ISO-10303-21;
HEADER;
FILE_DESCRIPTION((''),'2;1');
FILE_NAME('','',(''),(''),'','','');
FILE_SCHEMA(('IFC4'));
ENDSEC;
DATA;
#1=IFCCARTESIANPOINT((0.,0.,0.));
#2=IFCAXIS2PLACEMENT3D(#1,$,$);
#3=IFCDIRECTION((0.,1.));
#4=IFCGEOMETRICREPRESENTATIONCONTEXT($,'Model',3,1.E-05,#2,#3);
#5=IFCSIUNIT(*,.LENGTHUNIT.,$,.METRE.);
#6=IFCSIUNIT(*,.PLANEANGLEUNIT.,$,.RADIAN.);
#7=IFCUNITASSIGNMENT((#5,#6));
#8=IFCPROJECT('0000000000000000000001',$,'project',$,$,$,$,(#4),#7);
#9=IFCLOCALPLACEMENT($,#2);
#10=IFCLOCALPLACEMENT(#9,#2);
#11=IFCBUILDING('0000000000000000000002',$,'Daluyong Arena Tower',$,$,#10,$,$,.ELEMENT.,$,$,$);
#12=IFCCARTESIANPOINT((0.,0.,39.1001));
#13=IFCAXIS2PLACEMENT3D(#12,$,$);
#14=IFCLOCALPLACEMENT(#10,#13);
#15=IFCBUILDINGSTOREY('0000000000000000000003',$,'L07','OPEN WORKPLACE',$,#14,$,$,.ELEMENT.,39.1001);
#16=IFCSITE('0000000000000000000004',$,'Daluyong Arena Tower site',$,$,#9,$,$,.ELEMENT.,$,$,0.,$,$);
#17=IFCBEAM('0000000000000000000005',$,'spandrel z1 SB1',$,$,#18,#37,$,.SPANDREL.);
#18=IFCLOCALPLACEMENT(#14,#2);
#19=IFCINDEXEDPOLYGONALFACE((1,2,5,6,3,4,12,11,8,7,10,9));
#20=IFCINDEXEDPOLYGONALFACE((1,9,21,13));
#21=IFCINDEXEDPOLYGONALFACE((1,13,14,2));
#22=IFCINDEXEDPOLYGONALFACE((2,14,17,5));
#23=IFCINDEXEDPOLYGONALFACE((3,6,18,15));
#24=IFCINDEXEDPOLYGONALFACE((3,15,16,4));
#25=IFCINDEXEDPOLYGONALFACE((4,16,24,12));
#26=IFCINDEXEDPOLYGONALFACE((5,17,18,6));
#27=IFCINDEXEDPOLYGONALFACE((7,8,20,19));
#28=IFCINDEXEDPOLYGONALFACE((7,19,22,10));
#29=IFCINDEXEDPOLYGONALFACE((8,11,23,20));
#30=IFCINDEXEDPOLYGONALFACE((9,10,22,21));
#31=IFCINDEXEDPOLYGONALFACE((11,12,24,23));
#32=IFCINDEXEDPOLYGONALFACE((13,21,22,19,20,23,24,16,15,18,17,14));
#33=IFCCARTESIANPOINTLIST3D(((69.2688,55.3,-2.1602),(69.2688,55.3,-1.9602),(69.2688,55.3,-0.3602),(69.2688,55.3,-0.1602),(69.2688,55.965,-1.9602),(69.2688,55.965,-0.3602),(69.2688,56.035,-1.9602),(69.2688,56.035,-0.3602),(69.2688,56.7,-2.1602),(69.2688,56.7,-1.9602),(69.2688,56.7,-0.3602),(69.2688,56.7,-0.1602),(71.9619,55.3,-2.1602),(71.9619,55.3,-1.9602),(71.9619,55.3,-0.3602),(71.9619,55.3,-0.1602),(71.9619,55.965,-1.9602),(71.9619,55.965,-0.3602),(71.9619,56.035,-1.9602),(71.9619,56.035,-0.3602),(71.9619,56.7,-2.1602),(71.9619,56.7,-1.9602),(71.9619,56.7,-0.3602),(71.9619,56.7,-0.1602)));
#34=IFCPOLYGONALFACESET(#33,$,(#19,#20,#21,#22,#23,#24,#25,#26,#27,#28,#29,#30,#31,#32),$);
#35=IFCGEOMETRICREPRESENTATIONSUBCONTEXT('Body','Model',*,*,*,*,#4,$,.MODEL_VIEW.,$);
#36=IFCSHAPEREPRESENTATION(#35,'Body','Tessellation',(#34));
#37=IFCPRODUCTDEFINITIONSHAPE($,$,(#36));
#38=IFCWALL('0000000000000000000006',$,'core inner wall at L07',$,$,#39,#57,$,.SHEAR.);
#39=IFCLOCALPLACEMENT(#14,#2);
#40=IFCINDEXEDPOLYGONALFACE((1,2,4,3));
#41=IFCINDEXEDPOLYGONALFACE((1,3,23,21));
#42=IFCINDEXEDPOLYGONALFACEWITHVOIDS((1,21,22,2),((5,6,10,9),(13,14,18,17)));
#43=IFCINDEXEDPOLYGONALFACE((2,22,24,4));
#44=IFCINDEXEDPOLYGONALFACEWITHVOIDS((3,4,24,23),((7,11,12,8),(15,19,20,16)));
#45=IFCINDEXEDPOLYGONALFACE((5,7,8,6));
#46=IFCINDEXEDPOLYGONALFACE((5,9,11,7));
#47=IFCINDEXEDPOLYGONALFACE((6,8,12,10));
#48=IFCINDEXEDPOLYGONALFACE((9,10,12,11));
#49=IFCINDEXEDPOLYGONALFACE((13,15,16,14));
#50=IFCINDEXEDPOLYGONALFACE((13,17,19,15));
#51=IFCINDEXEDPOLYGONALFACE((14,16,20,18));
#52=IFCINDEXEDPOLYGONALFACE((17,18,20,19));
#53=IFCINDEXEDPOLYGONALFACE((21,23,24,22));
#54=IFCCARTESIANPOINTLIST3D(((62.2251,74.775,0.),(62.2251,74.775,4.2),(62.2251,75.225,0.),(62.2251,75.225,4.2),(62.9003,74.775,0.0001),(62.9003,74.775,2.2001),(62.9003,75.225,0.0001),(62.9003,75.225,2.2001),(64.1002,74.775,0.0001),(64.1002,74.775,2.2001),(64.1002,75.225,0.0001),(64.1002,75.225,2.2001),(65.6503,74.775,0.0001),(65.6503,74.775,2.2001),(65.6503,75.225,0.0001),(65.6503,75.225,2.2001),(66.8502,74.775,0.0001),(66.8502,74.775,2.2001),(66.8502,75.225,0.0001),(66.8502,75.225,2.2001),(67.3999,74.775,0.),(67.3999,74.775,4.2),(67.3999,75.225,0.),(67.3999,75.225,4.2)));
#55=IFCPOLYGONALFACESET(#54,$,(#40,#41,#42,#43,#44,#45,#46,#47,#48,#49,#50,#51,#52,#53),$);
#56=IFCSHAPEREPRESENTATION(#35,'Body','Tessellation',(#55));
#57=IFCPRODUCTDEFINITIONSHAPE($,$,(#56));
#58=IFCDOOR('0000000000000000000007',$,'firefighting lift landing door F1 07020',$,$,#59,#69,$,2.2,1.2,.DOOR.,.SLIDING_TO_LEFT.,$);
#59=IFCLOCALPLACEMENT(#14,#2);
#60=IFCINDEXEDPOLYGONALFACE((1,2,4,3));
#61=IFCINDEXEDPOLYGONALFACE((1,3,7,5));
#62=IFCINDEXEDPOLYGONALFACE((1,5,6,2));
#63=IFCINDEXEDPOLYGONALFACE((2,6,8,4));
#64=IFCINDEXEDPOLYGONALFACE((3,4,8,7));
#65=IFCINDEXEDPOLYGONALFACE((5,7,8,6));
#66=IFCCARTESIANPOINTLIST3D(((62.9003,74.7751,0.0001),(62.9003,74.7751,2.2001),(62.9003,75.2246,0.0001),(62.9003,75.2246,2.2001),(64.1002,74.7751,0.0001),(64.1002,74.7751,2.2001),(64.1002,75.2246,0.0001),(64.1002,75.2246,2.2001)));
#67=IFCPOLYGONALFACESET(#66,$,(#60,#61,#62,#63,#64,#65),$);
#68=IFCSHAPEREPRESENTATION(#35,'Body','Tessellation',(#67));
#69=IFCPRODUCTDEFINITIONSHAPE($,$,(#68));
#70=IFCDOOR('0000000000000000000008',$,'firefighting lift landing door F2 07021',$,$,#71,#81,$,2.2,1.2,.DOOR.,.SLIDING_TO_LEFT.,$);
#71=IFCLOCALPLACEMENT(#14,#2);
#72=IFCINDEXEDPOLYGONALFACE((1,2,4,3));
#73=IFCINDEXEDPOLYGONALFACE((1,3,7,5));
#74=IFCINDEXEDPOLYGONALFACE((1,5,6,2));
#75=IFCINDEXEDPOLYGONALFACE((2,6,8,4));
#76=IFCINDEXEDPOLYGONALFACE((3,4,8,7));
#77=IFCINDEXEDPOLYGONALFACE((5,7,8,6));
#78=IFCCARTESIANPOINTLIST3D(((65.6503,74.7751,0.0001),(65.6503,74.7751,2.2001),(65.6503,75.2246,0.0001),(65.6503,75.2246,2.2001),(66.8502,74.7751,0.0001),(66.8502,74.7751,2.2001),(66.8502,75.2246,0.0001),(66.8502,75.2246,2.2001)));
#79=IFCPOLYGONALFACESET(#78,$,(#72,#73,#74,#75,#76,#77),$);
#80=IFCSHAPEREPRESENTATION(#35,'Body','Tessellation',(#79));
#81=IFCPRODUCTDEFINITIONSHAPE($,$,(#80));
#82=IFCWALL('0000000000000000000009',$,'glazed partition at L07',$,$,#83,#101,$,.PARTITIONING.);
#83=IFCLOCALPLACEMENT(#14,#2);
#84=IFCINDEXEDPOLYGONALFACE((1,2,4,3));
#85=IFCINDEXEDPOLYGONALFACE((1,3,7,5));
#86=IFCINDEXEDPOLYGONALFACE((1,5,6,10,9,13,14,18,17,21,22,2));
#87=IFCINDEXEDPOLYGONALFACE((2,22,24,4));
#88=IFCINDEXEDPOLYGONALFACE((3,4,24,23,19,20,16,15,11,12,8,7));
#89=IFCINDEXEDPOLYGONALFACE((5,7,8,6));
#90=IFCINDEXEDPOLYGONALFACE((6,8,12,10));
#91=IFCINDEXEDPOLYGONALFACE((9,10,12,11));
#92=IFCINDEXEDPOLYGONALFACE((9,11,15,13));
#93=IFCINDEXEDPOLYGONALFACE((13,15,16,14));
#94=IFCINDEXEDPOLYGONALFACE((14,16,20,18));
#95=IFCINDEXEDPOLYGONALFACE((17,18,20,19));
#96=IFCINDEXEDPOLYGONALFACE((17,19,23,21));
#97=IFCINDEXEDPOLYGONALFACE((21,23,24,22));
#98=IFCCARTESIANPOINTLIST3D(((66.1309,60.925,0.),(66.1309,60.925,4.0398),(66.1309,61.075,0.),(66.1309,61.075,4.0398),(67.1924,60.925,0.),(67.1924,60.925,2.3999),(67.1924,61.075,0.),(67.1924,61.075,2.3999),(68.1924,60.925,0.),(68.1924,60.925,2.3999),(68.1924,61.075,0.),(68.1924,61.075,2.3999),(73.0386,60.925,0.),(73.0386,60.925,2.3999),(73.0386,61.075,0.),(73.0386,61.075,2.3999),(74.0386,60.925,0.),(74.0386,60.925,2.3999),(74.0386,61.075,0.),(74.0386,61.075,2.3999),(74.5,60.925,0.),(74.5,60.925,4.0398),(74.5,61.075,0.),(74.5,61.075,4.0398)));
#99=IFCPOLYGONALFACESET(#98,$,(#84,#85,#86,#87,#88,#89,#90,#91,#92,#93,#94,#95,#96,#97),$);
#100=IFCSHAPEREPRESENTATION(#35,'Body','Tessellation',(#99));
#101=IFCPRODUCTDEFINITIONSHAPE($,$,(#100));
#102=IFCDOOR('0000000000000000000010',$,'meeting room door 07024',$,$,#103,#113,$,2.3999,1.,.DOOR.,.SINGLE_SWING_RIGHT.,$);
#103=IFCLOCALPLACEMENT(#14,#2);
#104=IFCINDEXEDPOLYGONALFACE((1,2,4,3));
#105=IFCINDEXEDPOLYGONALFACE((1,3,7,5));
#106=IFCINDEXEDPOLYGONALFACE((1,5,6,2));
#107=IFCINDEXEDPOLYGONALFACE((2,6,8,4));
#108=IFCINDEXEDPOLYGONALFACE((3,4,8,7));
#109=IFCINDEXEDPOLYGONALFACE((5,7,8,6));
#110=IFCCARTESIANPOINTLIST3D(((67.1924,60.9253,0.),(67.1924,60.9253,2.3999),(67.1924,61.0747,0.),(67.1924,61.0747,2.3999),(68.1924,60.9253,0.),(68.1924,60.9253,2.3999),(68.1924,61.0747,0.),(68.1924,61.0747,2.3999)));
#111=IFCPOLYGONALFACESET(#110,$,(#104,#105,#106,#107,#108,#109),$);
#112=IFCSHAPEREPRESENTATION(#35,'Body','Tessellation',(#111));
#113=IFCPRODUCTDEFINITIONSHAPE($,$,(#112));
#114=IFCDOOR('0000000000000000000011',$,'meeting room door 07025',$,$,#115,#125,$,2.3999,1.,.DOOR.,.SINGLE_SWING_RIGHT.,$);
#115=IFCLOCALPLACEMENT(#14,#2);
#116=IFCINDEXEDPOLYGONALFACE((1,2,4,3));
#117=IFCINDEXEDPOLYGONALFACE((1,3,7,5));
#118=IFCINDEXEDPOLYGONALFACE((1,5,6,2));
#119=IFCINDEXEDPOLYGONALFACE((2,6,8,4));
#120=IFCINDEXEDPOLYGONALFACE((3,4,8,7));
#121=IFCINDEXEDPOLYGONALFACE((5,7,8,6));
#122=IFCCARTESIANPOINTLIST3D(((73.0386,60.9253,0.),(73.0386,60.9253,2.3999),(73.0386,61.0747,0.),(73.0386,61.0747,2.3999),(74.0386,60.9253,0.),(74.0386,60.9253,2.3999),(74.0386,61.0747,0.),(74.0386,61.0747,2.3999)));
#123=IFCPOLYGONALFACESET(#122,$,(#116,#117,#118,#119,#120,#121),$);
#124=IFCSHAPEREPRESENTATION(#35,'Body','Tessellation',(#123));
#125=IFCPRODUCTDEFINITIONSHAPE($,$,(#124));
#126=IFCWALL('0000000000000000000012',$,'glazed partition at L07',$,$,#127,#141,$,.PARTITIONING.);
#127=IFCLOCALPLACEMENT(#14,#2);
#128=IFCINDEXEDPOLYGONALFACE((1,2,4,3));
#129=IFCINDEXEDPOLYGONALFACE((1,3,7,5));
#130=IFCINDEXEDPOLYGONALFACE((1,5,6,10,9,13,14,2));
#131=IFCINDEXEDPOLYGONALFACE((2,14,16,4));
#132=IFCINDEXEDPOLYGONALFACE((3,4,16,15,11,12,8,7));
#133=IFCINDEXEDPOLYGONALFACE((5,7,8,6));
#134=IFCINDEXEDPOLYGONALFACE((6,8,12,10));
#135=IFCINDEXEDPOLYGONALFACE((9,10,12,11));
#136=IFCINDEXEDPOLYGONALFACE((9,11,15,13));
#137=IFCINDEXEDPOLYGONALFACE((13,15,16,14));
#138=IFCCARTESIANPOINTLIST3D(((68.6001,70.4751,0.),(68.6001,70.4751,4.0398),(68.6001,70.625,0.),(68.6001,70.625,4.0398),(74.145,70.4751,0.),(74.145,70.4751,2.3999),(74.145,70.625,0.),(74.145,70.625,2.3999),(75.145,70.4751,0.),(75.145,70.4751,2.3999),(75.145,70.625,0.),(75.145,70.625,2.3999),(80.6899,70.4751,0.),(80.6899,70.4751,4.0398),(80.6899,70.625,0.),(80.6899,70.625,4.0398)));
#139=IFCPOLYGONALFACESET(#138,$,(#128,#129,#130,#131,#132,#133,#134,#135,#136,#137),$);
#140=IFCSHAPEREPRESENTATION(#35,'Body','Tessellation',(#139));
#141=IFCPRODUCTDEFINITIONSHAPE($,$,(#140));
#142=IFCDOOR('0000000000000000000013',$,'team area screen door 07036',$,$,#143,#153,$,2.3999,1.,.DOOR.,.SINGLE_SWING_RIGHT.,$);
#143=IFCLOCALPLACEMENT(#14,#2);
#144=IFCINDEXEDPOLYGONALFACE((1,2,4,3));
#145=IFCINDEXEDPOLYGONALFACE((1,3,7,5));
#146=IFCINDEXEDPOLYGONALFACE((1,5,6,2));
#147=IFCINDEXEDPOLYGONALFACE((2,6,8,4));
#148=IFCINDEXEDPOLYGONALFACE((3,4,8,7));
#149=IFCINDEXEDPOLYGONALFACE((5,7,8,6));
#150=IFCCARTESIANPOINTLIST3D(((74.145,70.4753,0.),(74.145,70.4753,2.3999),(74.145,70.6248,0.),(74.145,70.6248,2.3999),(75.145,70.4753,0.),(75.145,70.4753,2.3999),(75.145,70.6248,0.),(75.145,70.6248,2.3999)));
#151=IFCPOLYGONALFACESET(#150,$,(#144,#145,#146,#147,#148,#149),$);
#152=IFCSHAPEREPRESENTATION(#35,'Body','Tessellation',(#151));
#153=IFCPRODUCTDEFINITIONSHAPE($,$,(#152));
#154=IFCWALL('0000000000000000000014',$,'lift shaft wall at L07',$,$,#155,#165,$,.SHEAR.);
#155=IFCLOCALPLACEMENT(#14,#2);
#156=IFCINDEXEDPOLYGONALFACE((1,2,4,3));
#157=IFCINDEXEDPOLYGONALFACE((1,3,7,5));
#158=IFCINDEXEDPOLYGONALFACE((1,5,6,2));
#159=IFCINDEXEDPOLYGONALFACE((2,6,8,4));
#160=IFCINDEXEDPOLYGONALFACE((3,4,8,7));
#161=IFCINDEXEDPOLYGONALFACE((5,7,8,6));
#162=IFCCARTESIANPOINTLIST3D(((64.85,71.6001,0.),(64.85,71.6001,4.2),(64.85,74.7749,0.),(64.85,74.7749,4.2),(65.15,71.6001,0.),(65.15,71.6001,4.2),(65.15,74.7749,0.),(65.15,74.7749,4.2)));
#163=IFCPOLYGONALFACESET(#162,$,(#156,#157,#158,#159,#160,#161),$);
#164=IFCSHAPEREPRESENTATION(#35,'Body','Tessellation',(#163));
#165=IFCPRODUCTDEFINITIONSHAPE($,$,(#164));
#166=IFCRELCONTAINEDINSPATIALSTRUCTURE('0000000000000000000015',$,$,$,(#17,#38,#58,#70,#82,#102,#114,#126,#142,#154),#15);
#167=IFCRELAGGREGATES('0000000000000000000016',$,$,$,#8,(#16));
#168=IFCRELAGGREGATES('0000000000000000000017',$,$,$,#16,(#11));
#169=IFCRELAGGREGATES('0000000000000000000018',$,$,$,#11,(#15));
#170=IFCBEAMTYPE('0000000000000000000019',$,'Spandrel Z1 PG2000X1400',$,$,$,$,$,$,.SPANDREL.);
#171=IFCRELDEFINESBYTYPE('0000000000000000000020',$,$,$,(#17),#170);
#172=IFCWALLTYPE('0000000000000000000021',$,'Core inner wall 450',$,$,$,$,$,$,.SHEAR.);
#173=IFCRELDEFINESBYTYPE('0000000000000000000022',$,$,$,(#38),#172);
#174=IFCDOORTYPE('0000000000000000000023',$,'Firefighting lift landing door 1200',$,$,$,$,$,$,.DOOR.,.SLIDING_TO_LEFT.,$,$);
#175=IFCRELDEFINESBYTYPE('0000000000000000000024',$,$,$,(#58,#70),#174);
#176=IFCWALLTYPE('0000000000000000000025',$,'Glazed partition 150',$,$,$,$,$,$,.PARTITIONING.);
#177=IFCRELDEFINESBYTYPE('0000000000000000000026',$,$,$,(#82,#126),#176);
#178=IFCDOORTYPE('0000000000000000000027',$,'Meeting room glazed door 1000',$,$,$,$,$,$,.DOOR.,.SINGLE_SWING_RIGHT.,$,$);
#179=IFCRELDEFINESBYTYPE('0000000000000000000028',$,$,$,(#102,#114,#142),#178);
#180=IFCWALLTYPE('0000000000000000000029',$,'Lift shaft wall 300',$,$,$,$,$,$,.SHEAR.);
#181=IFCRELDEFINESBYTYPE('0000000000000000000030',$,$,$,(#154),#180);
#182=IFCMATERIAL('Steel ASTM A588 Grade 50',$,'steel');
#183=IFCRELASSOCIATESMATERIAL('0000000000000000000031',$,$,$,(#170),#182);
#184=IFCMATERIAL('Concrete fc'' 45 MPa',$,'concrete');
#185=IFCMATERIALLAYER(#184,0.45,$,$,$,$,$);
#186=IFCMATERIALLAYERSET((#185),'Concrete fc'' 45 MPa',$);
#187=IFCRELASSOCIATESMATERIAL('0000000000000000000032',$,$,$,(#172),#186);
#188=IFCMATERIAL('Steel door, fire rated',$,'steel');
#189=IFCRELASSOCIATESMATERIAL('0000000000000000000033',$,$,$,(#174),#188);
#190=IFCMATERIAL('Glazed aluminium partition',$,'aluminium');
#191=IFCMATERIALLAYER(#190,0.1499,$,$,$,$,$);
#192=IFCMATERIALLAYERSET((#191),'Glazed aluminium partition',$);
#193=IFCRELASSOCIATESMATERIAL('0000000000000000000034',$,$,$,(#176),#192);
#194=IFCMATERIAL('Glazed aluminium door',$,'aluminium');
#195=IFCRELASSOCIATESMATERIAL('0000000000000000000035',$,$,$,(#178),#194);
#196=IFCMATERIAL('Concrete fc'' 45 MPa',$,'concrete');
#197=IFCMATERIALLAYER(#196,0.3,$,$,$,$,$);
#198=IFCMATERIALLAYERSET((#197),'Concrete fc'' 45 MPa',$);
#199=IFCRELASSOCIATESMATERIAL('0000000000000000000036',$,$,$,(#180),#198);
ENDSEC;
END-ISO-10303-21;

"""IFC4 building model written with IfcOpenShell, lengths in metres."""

from ifc_helpers import new_model, si_unit, direction, frame, frame_2d, origin, origin_2d, place, context, subcontext, project, spatial, rectangle, i_section, extrude, material, layer, layer_set, material_profile, profile_set, type_object, element, fill, save


model = new_model("IFC4")

# Units and contexts
model_context = context("Model", 3, precision=1e-05, world=origin(), true_north=direction((0.0, 1.0)))
body_context = subcontext(model_context, "Body", "Model", "MODEL_VIEW")
ifc_project = project(units=[si_unit("LENGTHUNIT", "METRE"), si_unit("PLANEANGLEUNIT", "RADIAN")], contexts=[model_context])

# Site, building, storey
site_placement = place(None, origin())
site = spatial("IfcSite", under=ifc_project, at=site_placement, Name="Daluyong Arena Tower site", CompositionType="ELEMENT", RefElevation=0.0)
building_placement = place(site_placement, origin())
building = spatial("IfcBuilding", under=site, at=building_placement, Name="Daluyong Arena Tower", CompositionType="ELEMENT")
storey_placement = place(building_placement, frame((0.0, 0.0, 39.1001)))
storey = spatial("IfcBuildingStorey", under=building, at=storey_placement, Name="L07", Description="OPEN WORKPLACE", CompositionType="ELEMENT", Elevation=39.1001)

# Beam
ifc_material_1 = material(Name="Steel ASTM A588 Grade 50", Category="steel")
ifc_material_profile_1 = material_profile(ifc_material_1, i_section(OverallWidth=1.3999, OverallDepth=2.0, WebThickness=0.07, FlangeThickness=0.2, at=origin_2d()))
ifc_profile_set_1 = profile_set([ifc_material_profile_1], Name="Steel ASTM A588 Grade 50")
beam_type_1 = type_object("IfcBeamType", Name="Spandrel Z1 PG2000X1400", PredefinedType="SPANDREL", material=ifc_profile_set_1)
beam_1_placement = place(storey_placement, frame((69.2688, 56.0, -1.1602), z_axis=(1.0, 0.0, 0.0), x_axis=(0.0, 1.0, 0.0)))
element("IfcBeam", 1, at=beam_1_placement, inside=storey, type_object=beam_type_1, Name="spandrel z1 SB1", PredefinedType="SPANDREL", context=body_context, shape_type="SweptSolid", body=[
    extrude(i_section(OverallWidth=1.3999, OverallDepth=2.0, WebThickness=0.07, FlangeThickness=0.2, at=origin_2d()), origin(), (0.0, 0.0, 1.0), 2.6931),
])

# Shared definitions
ifc_material_2 = material(Name="Concrete fc' 45 MPa", Category="concrete")
ifc_layer_1 = layer(ifc_material_2, 0.45)
ifc_layer_set_1 = layer_set([ifc_layer_1], Name="Concrete fc' 45 MPa")
wall_type_1 = type_object("IfcWallType", Name="Core inner wall 450", PredefinedType="SHEAR", material=ifc_layer_set_1)

# Wall, openings, doors
wall_1_placement = place(storey_placement, frame((62.2251, 75.0, 0.0), z_axis=(0.0, 0.0, 1.0), x_axis=(1.0, 0.0, 0.0)))
wall_1 = element("IfcWall", 2, at=wall_1_placement, inside=storey, type_object=wall_type_1, Name="core inner wall at L07", PredefinedType="SHEAR", context=body_context, shape_type="SweptSolid", body=[
    extrude(rectangle(XDim=5.1748, YDim=0.45, at=frame_2d((2.5874, 0.0))), origin(), (0.0, 0.0, 1.0), 4.2),
])
opening_1_placement = place(wall_1_placement, frame((0.675, 0.0, 0.0)))
opening_1 = element("IfcOpeningElement", 3, at=opening_1_placement, cuts=wall_1, PredefinedType="OPENING", context=body_context, shape_type="SweptSolid", body=[
    extrude(rectangle(XDim=1.2, YDim=2.2, at=frame_2d((0.6001, 1.1001))), frame((0.0, 0.2349, 0.0), z_axis=(0.0, -1.0, 0.0), x_axis=(1.0, 0.0, 0.0)), (0.0, 0.0, 1.0), 0.47),
])
opening_2_placement = place(wall_1_placement, frame((3.425, 0.0, 0.0)))
opening_2 = element("IfcOpeningElement", 4, at=opening_2_placement, cuts=wall_1, PredefinedType="OPENING", context=body_context, shape_type="SweptSolid", body=[
    extrude(rectangle(XDim=1.2, YDim=2.2, at=frame_2d((0.6001, 1.1001))), frame((0.0, 0.2349, 0.0), z_axis=(0.0, -1.0, 0.0), x_axis=(1.0, 0.0, 0.0)), (0.0, 0.0, 1.0), 0.47),
])
ifc_material_3 = material(Name="Steel door, fire rated", Category="steel")
door_type_1 = type_object("IfcDoorType", Name="Firefighting lift landing door 1200", OperationType="SLIDING_TO_LEFT", PredefinedType="DOOR", material=ifc_material_3)
door_1_placement = place(opening_1_placement, origin())
door_1 = element("IfcDoor", 5, at=door_1_placement, inside=storey, type_object=door_type_1, Name="firefighting lift landing door F1 07020", OperationType="SLIDING_TO_LEFT", OverallHeight=2.2, OverallWidth=1.2, PredefinedType="DOOR", context=body_context, shape_type="SweptSolid", body=[
    extrude(rectangle(XDim=1.2, YDim=2.2, at=frame_2d((0.6001, 1.1001))), frame((0.0, 0.2246, 0.0), z_axis=(0.0, -1.0, 0.0), x_axis=(1.0, 0.0, 0.0)), (0.0, 0.0, 1.0), 0.4495),
])
fill(opening_1, door_1)
door_2_placement = place(opening_2_placement, origin())
door_2 = element("IfcDoor", 6, at=door_2_placement, inside=storey, type_object=door_type_1, Name="firefighting lift landing door F2 07021", OperationType="SLIDING_TO_LEFT", OverallHeight=2.2, OverallWidth=1.2, PredefinedType="DOOR", context=body_context, shape_type="SweptSolid", body=[
    extrude(rectangle(XDim=1.2, YDim=2.2, at=frame_2d((0.6001, 1.1001))), frame((0.0, 0.2246, 0.0), z_axis=(0.0, -1.0, 0.0), x_axis=(1.0, 0.0, 0.0)), (0.0, 0.0, 1.0), 0.4495),
])
fill(opening_2, door_2)

# Wall, openings, doors
ifc_material_4 = material(Name="Glazed aluminium partition", Category="aluminium")
ifc_layer_2 = layer(ifc_material_4, 0.1499)
ifc_layer_set_2 = layer_set([ifc_layer_2], Name="Glazed aluminium partition")
wall_type_2 = type_object("IfcWallType", Name="Glazed partition 150", PredefinedType="PARTITIONING", material=ifc_layer_set_2)
wall_2_placement = place(storey_placement, frame((66.1309, 61.0, 0.0), z_axis=(0.0, 0.0, 1.0), x_axis=(1.0, 0.0, 0.0)))
wall_2 = element("IfcWall", 7, at=wall_2_placement, inside=storey, type_object=wall_type_2, Name="glazed partition at L07", PredefinedType="PARTITIONING", context=body_context, shape_type="SweptSolid", body=[
    extrude(rectangle(XDim=8.3691, YDim=0.1499, at=frame_2d((4.1846, 0.0))), origin(), (0.0, 0.0, 1.0), 4.0398),
])
opening_3_placement = place(wall_2_placement, frame((1.0615, 0.0, 0.0)))
opening_3 = element("IfcOpeningElement", 8, at=opening_3_placement, cuts=wall_2, PredefinedType="OPENING", context=body_context, shape_type="SweptSolid", body=[
    extrude(rectangle(XDim=1.0, YDim=2.3999, at=frame_2d((0.5, 1.2))), frame((0.0, 0.085, 0.0), z_axis=(0.0, -1.0, 0.0), x_axis=(1.0, 0.0, 0.0)), (0.0, 0.0, 1.0), 0.1699),
])
opening_4_placement = place(wall_2_placement, frame((6.9077, 0.0, 0.0)))
opening_4 = element("IfcOpeningElement", 9, at=opening_4_placement, cuts=wall_2, PredefinedType="OPENING", context=body_context, shape_type="SweptSolid", body=[
    extrude(rectangle(XDim=1.0, YDim=2.3999, at=frame_2d((0.5, 1.2))), frame((0.0, 0.085, 0.0), z_axis=(0.0, -1.0, 0.0), x_axis=(1.0, 0.0, 0.0)), (0.0, 0.0, 1.0), 0.1699),
])
ifc_material_5 = material(Name="Glazed aluminium door", Category="aluminium")
door_type_2 = type_object("IfcDoorType", Name="Meeting room glazed door 1000", OperationType="SINGLE_SWING_RIGHT", PredefinedType="DOOR", material=ifc_material_5)
door_3_placement = place(opening_3_placement, origin())
door_3 = element("IfcDoor", 10, at=door_3_placement, inside=storey, type_object=door_type_2, Name="meeting room door 07024", OperationType="SINGLE_SWING_RIGHT", OverallHeight=2.3999, OverallWidth=1.0, PredefinedType="DOOR", context=body_context, shape_type="SweptSolid", body=[
    extrude(rectangle(XDim=1.0, YDim=2.3999, at=frame_2d((0.5, 1.2))), frame((0.0, 0.0747, 0.0), z_axis=(0.0, -1.0, 0.0), x_axis=(1.0, 0.0, 0.0)), (0.0, 0.0, 1.0), 0.1494),
])
fill(opening_3, door_3)
door_4_placement = place(opening_4_placement, origin())
door_4 = element("IfcDoor", 11, at=door_4_placement, inside=storey, type_object=door_type_2, Name="meeting room door 07025", OperationType="SINGLE_SWING_RIGHT", OverallHeight=2.3999, OverallWidth=1.0, PredefinedType="DOOR", context=body_context, shape_type="SweptSolid", body=[
    extrude(rectangle(XDim=1.0, YDim=2.3999, at=frame_2d((0.5, 1.2))), frame((0.0, 0.0747, 0.0), z_axis=(0.0, -1.0, 0.0), x_axis=(1.0, 0.0, 0.0)), (0.0, 0.0, 1.0), 0.1494),
])
fill(opening_4, door_4)

# Wall, opening, door
wall_3_placement = place(storey_placement, frame((68.6001, 70.55, 0.0), z_axis=(0.0, 0.0, 1.0), x_axis=(1.0, 0.0, 0.0)))
wall_3 = element("IfcWall", 12, at=wall_3_placement, inside=storey, type_object=wall_type_2, Name="glazed partition at L07", PredefinedType="PARTITIONING", context=body_context, shape_type="SweptSolid", body=[
    extrude(rectangle(XDim=12.0898, YDim=0.1499, at=frame_2d((6.0449, 0.0))), origin(), (0.0, 0.0, 1.0), 4.0398),
])
opening_5_placement = place(wall_3_placement, frame((5.5449, 0.0, 0.0)))
opening_5 = element("IfcOpeningElement", 13, at=opening_5_placement, cuts=wall_3, PredefinedType="OPENING", context=body_context, shape_type="SweptSolid", body=[
    extrude(rectangle(XDim=1.0, YDim=2.3999, at=frame_2d((0.5, 1.2))), frame((0.0, 0.085, 0.0), z_axis=(0.0, -1.0, 0.0), x_axis=(1.0, 0.0, 0.0)), (0.0, 0.0, 1.0), 0.1699),
])
door_5_placement = place(opening_5_placement, origin())
door_5 = element("IfcDoor", 14, at=door_5_placement, inside=storey, type_object=door_type_2, Name="team area screen door 07036", OperationType="SINGLE_SWING_RIGHT", OverallHeight=2.3999, OverallWidth=1.0, PredefinedType="DOOR", context=body_context, shape_type="SweptSolid", body=[
    extrude(rectangle(XDim=1.0, YDim=2.3999, at=frame_2d((0.5, 1.2))), frame((0.0, 0.0747, 0.0), z_axis=(0.0, -1.0, 0.0), x_axis=(1.0, 0.0, 0.0)), (0.0, 0.0, 1.0), 0.1494),
])
fill(opening_5, door_5)

# Wall
ifc_material_6 = material(Name="Concrete fc' 45 MPa", Category="concrete")
ifc_layer_3 = layer(ifc_material_6, 0.3)
ifc_layer_set_3 = layer_set([ifc_layer_3], Name="Concrete fc' 45 MPa")
wall_type_3 = type_object("IfcWallType", Name="Lift shaft wall 300", PredefinedType="SHEAR", material=ifc_layer_set_3)
wall_4_placement = place(storey_placement, frame((65.0, 71.6001, 0.0), z_axis=(0.0, 0.0, 1.0), x_axis=(0.0, 1.0, 0.0)))
element("IfcWall", 15, at=wall_4_placement, inside=storey, type_object=wall_type_3, Name="lift shaft wall at L07", PredefinedType="SHEAR", context=body_context, shape_type="SweptSolid", body=[
    extrude(rectangle(XDim=3.1748, YDim=0.3, at=frame_2d((1.5874, 0.0))), origin(), (0.0, 0.0, 1.0), 4.2),
])

save(model, "model.ifc")
